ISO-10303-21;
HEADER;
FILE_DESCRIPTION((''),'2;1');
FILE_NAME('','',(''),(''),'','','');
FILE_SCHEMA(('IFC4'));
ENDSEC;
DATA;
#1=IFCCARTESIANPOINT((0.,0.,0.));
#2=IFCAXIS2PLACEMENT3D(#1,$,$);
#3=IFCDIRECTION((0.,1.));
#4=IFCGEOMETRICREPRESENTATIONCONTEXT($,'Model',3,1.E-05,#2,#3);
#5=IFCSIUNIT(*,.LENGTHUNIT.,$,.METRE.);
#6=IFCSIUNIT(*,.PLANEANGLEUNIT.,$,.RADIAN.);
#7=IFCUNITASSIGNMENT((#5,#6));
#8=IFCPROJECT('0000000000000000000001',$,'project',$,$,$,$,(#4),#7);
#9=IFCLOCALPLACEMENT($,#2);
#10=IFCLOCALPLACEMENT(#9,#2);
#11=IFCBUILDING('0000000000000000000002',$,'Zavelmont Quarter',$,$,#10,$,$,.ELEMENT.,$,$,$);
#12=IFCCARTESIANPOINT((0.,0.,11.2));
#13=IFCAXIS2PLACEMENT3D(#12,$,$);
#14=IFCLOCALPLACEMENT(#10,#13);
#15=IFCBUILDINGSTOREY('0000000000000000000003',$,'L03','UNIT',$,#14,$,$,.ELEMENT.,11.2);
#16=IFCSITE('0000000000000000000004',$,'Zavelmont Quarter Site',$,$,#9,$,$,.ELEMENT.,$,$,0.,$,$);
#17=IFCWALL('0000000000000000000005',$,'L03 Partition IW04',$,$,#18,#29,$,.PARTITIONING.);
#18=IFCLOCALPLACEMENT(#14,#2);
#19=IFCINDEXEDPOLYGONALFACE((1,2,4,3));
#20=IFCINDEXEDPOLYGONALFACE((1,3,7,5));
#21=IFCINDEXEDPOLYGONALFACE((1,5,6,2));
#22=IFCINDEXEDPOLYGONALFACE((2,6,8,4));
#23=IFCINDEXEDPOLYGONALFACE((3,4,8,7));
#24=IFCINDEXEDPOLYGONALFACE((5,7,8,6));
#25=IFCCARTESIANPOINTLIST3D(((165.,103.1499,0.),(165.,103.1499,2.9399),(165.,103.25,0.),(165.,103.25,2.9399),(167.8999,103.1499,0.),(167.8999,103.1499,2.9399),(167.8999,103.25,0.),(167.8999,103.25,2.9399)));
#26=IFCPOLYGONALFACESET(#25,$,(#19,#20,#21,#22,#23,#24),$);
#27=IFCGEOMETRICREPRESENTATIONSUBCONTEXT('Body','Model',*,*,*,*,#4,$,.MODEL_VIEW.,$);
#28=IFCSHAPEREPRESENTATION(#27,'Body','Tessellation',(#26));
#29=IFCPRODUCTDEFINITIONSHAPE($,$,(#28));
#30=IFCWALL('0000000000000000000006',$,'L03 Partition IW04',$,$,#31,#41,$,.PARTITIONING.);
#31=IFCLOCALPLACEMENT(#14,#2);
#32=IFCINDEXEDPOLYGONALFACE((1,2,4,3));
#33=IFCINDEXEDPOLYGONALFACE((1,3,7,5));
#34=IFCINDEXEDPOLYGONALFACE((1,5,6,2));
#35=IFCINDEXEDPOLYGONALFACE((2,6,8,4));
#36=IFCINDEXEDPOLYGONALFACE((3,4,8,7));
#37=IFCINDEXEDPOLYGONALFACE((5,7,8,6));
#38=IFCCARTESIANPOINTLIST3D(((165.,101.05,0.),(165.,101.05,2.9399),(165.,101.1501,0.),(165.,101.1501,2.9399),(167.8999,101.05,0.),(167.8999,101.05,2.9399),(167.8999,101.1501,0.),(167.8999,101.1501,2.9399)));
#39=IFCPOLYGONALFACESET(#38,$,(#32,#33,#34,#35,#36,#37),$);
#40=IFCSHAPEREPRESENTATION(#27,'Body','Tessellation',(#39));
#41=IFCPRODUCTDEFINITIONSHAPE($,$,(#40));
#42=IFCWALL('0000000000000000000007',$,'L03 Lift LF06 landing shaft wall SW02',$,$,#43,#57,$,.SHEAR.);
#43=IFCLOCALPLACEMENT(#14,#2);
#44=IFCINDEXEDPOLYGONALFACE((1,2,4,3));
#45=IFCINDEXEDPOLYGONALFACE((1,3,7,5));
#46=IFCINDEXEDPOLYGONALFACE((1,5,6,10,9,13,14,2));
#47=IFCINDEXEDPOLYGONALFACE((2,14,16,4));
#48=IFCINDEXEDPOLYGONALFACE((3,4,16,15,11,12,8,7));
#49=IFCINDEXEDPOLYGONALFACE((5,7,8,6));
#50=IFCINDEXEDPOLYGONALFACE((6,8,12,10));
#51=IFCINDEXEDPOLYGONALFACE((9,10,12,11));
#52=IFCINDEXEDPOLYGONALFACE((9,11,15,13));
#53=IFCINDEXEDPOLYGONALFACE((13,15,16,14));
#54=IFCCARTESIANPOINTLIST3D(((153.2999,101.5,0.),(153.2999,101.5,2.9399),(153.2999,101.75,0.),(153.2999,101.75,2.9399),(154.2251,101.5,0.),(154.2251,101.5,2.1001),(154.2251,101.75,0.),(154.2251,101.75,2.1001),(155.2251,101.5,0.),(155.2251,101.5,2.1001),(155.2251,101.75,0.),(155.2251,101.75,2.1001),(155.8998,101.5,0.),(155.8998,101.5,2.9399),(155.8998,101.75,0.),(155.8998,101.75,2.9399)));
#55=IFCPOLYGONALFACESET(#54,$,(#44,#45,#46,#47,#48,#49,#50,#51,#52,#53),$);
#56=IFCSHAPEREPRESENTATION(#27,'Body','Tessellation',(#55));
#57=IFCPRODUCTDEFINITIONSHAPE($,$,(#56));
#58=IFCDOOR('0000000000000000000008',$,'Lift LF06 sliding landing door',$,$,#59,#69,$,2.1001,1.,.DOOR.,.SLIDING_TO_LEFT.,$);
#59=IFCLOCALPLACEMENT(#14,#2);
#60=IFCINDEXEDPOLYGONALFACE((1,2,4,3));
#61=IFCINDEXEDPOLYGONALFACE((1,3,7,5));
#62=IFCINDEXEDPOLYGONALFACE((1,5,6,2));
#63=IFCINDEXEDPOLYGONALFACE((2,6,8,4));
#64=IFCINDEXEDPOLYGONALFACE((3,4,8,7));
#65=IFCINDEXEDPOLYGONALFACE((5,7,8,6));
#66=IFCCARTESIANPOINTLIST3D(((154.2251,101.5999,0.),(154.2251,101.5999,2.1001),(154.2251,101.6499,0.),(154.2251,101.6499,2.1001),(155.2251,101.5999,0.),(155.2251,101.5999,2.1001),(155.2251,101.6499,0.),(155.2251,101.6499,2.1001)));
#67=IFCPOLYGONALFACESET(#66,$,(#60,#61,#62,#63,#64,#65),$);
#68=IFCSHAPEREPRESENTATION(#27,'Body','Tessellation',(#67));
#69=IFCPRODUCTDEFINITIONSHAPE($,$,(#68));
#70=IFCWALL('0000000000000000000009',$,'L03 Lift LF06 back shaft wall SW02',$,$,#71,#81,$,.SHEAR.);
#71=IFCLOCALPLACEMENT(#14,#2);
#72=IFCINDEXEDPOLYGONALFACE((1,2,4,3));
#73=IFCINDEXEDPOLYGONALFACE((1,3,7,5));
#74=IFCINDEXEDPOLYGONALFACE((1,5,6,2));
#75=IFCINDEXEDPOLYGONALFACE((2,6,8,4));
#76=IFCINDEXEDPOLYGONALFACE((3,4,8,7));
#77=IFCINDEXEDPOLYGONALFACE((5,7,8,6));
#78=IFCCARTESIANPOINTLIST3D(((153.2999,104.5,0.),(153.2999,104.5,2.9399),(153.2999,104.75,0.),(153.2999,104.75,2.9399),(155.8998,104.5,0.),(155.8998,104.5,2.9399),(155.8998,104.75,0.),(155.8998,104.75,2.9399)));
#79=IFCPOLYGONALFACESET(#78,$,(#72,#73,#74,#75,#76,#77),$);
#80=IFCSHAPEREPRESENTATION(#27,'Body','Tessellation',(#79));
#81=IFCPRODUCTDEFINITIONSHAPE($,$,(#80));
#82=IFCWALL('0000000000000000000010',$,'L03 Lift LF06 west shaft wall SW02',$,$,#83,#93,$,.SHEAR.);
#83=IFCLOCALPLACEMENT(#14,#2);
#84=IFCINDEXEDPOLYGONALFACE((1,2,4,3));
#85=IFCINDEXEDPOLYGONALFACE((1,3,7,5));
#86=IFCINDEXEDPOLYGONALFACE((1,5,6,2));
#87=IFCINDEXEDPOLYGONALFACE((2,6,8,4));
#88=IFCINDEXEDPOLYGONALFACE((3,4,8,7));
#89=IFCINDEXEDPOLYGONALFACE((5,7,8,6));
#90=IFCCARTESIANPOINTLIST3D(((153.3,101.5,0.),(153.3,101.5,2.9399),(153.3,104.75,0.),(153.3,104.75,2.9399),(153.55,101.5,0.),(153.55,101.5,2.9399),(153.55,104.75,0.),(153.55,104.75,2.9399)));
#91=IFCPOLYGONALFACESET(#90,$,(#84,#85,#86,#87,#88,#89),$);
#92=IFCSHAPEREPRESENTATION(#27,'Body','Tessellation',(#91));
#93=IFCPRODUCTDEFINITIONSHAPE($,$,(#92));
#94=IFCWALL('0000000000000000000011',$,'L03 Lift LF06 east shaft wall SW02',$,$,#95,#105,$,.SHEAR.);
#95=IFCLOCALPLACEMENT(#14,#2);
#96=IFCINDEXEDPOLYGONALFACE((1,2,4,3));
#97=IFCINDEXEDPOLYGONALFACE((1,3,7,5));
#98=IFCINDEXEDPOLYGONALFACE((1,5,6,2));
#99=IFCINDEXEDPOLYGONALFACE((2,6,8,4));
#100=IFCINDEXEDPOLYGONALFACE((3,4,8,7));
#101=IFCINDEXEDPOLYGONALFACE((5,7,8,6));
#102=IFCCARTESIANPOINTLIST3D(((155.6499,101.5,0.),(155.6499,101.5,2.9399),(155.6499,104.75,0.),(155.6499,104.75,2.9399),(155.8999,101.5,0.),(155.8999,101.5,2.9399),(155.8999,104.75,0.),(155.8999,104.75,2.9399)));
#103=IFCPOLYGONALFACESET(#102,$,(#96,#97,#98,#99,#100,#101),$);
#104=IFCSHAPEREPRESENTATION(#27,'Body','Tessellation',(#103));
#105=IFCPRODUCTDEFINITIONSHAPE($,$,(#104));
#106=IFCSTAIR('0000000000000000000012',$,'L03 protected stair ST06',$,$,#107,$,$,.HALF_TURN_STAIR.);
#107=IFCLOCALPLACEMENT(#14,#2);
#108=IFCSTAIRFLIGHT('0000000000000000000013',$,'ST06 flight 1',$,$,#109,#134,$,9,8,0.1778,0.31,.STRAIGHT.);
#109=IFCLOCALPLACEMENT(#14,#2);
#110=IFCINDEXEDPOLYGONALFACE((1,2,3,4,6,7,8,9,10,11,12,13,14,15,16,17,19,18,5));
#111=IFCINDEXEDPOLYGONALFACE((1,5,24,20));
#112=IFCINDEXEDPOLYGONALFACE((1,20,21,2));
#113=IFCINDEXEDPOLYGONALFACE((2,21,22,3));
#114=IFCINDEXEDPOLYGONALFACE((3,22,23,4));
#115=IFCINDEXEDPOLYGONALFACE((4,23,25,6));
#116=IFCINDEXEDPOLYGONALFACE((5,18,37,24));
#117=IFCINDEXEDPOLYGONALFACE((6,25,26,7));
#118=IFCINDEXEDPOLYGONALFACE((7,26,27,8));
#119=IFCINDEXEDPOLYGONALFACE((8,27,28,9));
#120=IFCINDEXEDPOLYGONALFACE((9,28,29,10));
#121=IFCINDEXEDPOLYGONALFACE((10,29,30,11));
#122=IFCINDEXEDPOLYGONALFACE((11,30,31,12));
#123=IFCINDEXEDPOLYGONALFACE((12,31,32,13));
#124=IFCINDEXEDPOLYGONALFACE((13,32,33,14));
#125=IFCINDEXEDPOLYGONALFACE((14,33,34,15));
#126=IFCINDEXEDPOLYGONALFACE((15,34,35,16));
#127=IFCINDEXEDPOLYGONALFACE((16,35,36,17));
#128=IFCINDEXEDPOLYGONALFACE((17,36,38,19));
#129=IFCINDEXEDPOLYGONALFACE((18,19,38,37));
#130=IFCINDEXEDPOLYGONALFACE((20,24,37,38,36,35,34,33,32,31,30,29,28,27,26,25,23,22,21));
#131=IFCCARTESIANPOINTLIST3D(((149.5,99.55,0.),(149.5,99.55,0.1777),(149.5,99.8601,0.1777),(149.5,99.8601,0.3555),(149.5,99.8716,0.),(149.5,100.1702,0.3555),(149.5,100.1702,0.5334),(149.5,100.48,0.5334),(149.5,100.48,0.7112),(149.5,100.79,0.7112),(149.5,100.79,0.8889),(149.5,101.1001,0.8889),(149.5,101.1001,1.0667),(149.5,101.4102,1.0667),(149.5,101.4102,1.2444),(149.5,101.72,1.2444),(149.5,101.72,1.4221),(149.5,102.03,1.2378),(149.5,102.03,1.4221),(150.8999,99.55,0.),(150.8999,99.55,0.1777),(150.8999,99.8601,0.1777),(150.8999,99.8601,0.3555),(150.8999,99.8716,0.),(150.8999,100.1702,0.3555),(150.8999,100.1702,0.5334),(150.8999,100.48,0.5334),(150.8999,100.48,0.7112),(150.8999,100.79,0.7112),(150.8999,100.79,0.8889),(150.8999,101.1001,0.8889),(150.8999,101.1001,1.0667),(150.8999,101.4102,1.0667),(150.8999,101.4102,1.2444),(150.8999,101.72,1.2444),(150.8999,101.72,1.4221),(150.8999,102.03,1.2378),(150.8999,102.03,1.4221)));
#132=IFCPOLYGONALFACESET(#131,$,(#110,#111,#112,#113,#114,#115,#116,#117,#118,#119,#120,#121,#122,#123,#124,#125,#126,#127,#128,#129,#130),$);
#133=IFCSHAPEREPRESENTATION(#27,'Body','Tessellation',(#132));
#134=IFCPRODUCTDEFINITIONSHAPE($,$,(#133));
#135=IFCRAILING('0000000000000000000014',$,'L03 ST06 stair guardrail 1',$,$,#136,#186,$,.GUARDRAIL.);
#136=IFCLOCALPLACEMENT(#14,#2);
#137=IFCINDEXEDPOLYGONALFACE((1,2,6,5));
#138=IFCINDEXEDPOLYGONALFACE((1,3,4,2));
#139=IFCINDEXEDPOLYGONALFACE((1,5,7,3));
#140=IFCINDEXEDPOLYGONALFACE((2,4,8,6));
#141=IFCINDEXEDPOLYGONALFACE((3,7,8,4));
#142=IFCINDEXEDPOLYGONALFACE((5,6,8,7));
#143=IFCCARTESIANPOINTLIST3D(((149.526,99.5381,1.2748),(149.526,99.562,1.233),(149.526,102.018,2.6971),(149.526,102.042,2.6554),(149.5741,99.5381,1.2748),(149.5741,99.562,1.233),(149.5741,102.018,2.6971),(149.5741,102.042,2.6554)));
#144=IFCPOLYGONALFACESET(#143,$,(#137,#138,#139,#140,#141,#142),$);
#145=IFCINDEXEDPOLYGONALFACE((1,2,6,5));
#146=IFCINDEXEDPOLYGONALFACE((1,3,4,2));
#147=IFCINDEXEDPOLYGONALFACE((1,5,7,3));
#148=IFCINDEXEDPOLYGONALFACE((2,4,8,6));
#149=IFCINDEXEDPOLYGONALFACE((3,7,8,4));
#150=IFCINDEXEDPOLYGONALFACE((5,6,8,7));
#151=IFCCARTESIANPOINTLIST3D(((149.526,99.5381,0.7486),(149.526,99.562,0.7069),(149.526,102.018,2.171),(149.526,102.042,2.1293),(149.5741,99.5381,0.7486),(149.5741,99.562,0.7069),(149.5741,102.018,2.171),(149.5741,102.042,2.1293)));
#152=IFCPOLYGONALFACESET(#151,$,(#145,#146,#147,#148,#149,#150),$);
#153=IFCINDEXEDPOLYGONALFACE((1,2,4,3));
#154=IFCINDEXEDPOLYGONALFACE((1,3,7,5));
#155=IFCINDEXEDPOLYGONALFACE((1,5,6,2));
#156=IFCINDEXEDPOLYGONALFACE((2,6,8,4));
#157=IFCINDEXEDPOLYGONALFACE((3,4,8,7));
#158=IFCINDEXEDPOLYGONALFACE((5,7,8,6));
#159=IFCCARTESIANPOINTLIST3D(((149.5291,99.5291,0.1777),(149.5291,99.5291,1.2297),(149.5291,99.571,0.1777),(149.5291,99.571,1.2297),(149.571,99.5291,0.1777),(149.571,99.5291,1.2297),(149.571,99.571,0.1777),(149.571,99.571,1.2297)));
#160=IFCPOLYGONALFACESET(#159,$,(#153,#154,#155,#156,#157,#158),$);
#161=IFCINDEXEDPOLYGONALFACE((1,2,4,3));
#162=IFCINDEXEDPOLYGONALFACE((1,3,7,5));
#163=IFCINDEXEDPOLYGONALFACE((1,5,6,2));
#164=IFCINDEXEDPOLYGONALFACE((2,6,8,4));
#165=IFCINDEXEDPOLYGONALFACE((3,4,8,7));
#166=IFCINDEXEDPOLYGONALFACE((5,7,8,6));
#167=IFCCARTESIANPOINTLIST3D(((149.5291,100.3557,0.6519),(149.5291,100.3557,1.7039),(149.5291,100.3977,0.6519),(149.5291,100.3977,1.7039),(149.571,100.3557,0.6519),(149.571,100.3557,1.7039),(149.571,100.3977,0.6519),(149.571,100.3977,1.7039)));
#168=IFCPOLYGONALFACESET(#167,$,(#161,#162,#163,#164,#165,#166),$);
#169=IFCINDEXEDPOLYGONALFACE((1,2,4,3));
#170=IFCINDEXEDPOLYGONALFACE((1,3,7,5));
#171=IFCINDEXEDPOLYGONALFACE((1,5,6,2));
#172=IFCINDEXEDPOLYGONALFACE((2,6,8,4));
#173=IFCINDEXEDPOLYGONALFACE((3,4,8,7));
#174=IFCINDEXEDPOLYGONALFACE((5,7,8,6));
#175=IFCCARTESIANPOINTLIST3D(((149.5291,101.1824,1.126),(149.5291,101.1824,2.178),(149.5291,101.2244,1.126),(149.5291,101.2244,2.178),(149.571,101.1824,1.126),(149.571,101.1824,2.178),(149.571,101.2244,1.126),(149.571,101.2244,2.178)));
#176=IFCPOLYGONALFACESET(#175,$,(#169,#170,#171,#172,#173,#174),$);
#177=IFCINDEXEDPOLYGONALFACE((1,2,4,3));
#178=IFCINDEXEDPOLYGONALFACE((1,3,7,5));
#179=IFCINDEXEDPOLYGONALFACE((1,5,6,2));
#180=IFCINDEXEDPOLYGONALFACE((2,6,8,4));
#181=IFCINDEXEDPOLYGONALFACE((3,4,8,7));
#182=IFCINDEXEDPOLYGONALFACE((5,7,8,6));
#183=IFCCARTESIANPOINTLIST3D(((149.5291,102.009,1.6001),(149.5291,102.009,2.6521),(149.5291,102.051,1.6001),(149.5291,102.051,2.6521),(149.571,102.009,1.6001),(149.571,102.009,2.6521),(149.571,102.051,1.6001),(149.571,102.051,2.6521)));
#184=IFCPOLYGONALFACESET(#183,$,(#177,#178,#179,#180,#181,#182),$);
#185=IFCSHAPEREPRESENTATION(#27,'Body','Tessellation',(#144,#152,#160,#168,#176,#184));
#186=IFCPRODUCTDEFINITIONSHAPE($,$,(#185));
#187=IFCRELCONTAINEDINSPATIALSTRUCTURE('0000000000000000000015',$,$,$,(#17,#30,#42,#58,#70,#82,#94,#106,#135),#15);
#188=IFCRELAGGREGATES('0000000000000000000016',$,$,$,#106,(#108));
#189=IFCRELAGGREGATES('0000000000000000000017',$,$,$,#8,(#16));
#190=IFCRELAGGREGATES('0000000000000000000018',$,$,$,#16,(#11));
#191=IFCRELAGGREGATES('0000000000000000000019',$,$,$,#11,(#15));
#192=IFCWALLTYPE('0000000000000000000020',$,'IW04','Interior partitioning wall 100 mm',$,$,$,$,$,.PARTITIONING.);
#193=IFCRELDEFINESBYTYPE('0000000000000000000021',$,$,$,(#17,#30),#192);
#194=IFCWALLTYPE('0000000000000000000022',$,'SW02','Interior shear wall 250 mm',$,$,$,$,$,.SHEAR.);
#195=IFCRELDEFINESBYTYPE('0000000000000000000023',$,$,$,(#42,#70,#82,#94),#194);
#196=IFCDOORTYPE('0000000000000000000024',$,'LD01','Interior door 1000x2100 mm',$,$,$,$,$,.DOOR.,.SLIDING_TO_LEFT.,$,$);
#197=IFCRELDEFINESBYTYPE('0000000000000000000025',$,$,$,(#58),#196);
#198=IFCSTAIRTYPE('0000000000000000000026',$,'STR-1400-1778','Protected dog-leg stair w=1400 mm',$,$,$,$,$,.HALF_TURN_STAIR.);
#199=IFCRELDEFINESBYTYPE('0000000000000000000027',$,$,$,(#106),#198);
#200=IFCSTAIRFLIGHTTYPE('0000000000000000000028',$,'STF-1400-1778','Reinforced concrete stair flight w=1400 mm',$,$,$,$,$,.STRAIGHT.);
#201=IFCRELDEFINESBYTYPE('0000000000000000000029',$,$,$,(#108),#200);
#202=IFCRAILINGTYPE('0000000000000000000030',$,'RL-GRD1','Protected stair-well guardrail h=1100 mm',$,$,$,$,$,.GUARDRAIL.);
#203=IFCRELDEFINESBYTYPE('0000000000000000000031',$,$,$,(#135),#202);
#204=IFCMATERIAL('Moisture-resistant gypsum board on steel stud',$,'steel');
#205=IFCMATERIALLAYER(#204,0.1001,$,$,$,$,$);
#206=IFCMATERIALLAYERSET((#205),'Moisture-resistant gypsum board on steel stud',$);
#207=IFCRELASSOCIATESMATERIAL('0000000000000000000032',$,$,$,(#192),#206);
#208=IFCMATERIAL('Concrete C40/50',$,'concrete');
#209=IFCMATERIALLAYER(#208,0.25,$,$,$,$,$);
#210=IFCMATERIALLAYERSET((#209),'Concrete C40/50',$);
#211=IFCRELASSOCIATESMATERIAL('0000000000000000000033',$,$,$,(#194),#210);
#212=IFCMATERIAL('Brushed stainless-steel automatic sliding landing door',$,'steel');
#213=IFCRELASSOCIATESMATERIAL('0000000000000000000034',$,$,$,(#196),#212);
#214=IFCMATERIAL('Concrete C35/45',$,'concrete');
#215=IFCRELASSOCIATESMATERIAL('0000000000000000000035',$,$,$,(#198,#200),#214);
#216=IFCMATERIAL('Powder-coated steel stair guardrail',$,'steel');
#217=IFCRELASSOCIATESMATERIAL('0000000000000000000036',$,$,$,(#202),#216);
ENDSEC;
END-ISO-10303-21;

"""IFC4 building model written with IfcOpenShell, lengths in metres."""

from ifc_helpers import new_model, si_unit, direction, frame, frame_2d, origin, origin_with_axes, origin_2d, place, context, subcontext, project, spatial, polyline, rectangle, outline, extrude, material, layer, layer_set, type_object, element, fill, aggregate, save


model = new_model("IFC4")

# Units and contexts
model_context = context("Model", 3, precision=1e-05, world=origin(), true_north=direction((0.0, 1.0)))
body_context = subcontext(model_context, "Body", "Model", "MODEL_VIEW")
ifc_project = project(units=[si_unit("LENGTHUNIT", "METRE"), si_unit("PLANEANGLEUNIT", "RADIAN")], contexts=[model_context])

# Site, building, storey
site_placement = place(None, origin())
site = spatial("IfcSite", under=ifc_project, at=site_placement, Name="Zavelmont Quarter Site", CompositionType="ELEMENT", RefElevation=0.0)
building_placement = place(site_placement, origin())
building = spatial("IfcBuilding", under=site, at=building_placement, Name="Zavelmont Quarter", CompositionType="ELEMENT")
storey_placement = place(building_placement, frame((0.0, 0.0, 11.2)))
storey = spatial("IfcBuildingStorey", under=building, at=storey_placement, Name="L03", Description="UNIT", CompositionType="ELEMENT", Elevation=11.2)

# Shared definitions
ifc_material_1 = material(Name="Concrete C40/50", Category="concrete")

# Shared definitions
ifc_material_2 = material(Name="Concrete C35/45", Category="concrete")

# Walls
ifc_material_3 = material(Name="Moisture-resistant gypsum board on steel stud", Category="steel")
ifc_layer_1 = layer(ifc_material_3, 0.1001)
ifc_layer_set_1 = layer_set([ifc_layer_1], Name="Moisture-resistant gypsum board on steel stud")
wall_type_1 = type_object("IfcWallType", Name="IW04", Description="Interior partitioning wall 100 mm", PredefinedType="PARTITIONING", material=ifc_layer_set_1)
for number, where, z_axis, x_axis, name in (
    (1, (165.0, 103.2, 0.0), (0.0, 0.0, 1.0), (1.0, 0.0, 0.0), "L03 Partition IW04"),
    (2, (165.0, 101.1001, 0.0), (0.0, 0.0, 1.0), (1.0, 0.0, 0.0), "L03 Partition IW04"),
):
    element("IfcWall", number, at=place(storey_placement, frame(where, z_axis=z_axis, x_axis=x_axis)), inside=storey, type_object=wall_type_1, Name=name, PredefinedType="PARTITIONING", context=body_context, shape_type="SweptSolid", body=[
        extrude(rectangle(XDim=2.8999, YDim=0.1001, at=frame_2d((1.45, 0.0))), origin(), (0.0, 0.0, 1.0), 2.9399),
    ])

# Wall, opening, door
ifc_layer_2 = layer(ifc_material_1, 0.25)
ifc_layer_set_2 = layer_set([ifc_layer_2], Name="Concrete C40/50")
wall_type_2 = type_object("IfcWallType", Name="SW02", Description="Interior shear wall 250 mm", PredefinedType="SHEAR", material=ifc_layer_set_2)
wall_1_placement = place(storey_placement, frame((153.3, 101.625, 0.0), z_axis=(0.0, 0.0, 1.0), x_axis=(1.0, 0.0, 0.0)))
wall_1 = element("IfcWall", 3, at=wall_1_placement, inside=storey, type_object=wall_type_2, Name="L03 Lift LF06 landing shaft wall SW02", PredefinedType="SHEAR", context=body_context, shape_type="SweptSolid", body=[
    extrude(rectangle(XDim=2.5999, YDim=0.25, at=frame_2d((1.2998, 0.0))), origin(), (0.0, 0.0, 1.0), 2.9399),
])
opening_1_placement = place(wall_1_placement, frame((0.925, 0.0, 0.0)))
opening_1 = element("IfcOpeningElement", 4, at=opening_1_placement, cuts=wall_1, PredefinedType="OPENING", context=body_context, shape_type="SweptSolid", body=[
    extrude(rectangle(XDim=1.0, YDim=2.1001, at=frame_2d((0.5, 1.05))), frame((0.0, 0.137, 0.0), z_axis=(0.0, -1.0, 0.0), x_axis=(1.0, 0.0, 0.0)), (0.0, 0.0, 1.0), 0.2739),
])
ifc_material_4 = material(Name="Brushed stainless-steel automatic sliding landing door", Category="steel")
door_type_1 = type_object("IfcDoorType", Name="LD01", Description="Interior door 1000x2100 mm", OperationType="SLIDING_TO_LEFT", PredefinedType="DOOR", material=ifc_material_4)
door_1_placement = place(opening_1_placement, origin_with_axes())
door_1 = element("IfcDoor", 5, at=door_1_placement, inside=storey, type_object=door_type_1, Name="Lift LF06 sliding landing door", OperationType="SLIDING_TO_LEFT", OverallHeight=2.1001, OverallWidth=1.0, PredefinedType="DOOR", context=body_context, shape_type="SweptSolid", body=[
    extrude(rectangle(XDim=1.0, YDim=2.1001, at=frame_2d((0.5, 1.05))), frame((0.0, 0.0249, 0.0), z_axis=(0.0, -1.0, 0.0), x_axis=(1.0, 0.0, 0.0)), (0.0, 0.0, 1.0), 0.05),
])
fill(opening_1, door_1)

# Walls
wall_2_placement = place(storey_placement, frame((153.3, 104.625, 0.0), z_axis=(0.0, 0.0, 1.0), x_axis=(1.0, 0.0, 0.0)))
element("IfcWall", 6, at=wall_2_placement, inside=storey, type_object=wall_type_2, Name="L03 Lift LF06 back shaft wall SW02", PredefinedType="SHEAR", context=body_context, shape_type="SweptSolid", body=[
    extrude(rectangle(XDim=2.5999, YDim=0.25, at=frame_2d((1.2998, 0.0))), origin(), (0.0, 0.0, 1.0), 2.9399),
])
for number, where, z_axis, x_axis, name in (
    (7, (153.425, 101.5, 0.0), (0.0, 0.0, 1.0), (0.0, 1.0, 0.0), "L03 Lift LF06 west shaft wall SW02"),
    (8, (155.7749, 101.5, 0.0), (0.0, 0.0, 1.0), (0.0, 1.0, 0.0), "L03 Lift LF06 east shaft wall SW02"),
):
    element("IfcWall", number, at=place(storey_placement, frame(where, z_axis=z_axis, x_axis=x_axis)), inside=storey, type_object=wall_type_2, Name=name, PredefinedType="SHEAR", context=body_context, shape_type="SweptSolid", body=[
        extrude(rectangle(XDim=3.25, YDim=0.25, at=frame_2d((1.625, 0.0))), origin(), (0.0, 0.0, 1.0), 2.9399),
    ])

# Stair, stair flight
stair_type = type_object("IfcStairType", Name="STR-1400-1778", Description="Protected dog-leg stair w=1400 mm", PredefinedType="HALF_TURN_STAIR", material=ifc_material_2)
stair_placement = place(storey_placement, origin())
stair = element("IfcStair", 9, at=stair_placement, inside=storey, type_object=stair_type, Name="L03 protected stair ST06", PredefinedType="HALF_TURN_STAIR")
stair_flight_type = type_object("IfcStairFlightType", Name="STF-1400-1778", Description="Reinforced concrete stair flight w=1400 mm", PredefinedType="STRAIGHT", material=ifc_material_2)
stair_flight_placement = place(storey_placement, frame((150.2, 99.55, 0.0), z_axis=(0.0, 0.0, 1.0), x_axis=(0.0, 1.0, 0.0)))
stair_flight = element("IfcStairFlight", 10, at=stair_flight_placement, type_object=stair_flight_type, Name="ST06 flight 1", NumberOfRisers=9, NumberOfTreads=8, PredefinedType="STRAIGHT", RiserHeight=0.1778, TreadLength=0.31, context=body_context, shape_type="SweptSolid", body=[
    extrude(outline(polyline([(0.0, 0.0), (0.0, 0.1777), (0.3101, 0.1777), (0.3101, 0.3555), (0.6201, 0.3555), (0.6201, 0.5334), (0.9299, 0.5334), (0.9299, 0.7112), (1.24, 0.7112), (1.24, 0.8889), (1.55, 0.8889), (1.55, 1.0667), (1.8601, 1.0667), (1.8601, 1.2444), (2.1699, 1.2444), (2.1699, 1.4221), (2.48, 1.4221), (2.48, 1.6001), (2.48, 1.2378), (0.3215, 0.0), (0.0, 0.0)])), frame((0.0, 0.7, 0.0), z_axis=(0.0, -1.0, 0.0), x_axis=(1.0, 0.0, 0.0)), (0.0, 0.0, 1.0), 1.3999),
])
aggregate(stair, [stair_flight])

# Railing
ifc_material_5 = material(Name="Powder-coated steel stair guardrail", Category="steel")
railing_type_1 = type_object("IfcRailingType", Name="RL-GRD1", Description="Protected stair-well guardrail h=1100 mm", PredefinedType="GUARDRAIL", material=ifc_material_5)
railing_1_placement = place(storey_placement, frame((149.55, 99.55, 0.1777)))
element("IfcRailing", 11, at=railing_1_placement, inside=storey, type_object=railing_type_1, Name="L03 ST06 stair guardrail 1", PredefinedType="GUARDRAIL", context=body_context, shape_type="SweptSolid", body=[
    extrude(rectangle(XDim=0.0481, YDim=0.0481, at=origin_2d()), frame((0.0, 0.0, 1.0762), z_axis=(0.0, 0.867454, 0.497518), x_axis=(-1.0, 0.0, 0.0)), (0.0, 0.0, 1.0), 2.8589),
    extrude(rectangle(XDim=0.0481, YDim=0.0481, at=origin_2d()), frame((0.0, 0.0, 0.55), z_axis=(0.0, 0.867454, 0.497518), x_axis=(-1.0, 0.0, 0.0)), (0.0, 0.0, 1.0), 2.8589),
    extrude(rectangle(XDim=0.042, YDim=0.042, at=origin_2d()), origin(), (0.0, 0.0, 1.0), 1.052),
    extrude(rectangle(XDim=0.042, YDim=0.042, at=origin_2d()), frame((0.0, 0.8267, 0.4741)), (0.0, 0.0, 1.0), 1.052),
    extrude(rectangle(XDim=0.042, YDim=0.042, at=origin_2d()), frame((0.0, 1.6533, 0.9482)), (0.0, 0.0, 1.0), 1.052),
    extrude(rectangle(XDim=0.042, YDim=0.042, at=origin_2d()), frame((0.0, 2.48, 1.4224)), (0.0, 0.0, 1.0), 1.052),
])

save(model, "model.ifc")
